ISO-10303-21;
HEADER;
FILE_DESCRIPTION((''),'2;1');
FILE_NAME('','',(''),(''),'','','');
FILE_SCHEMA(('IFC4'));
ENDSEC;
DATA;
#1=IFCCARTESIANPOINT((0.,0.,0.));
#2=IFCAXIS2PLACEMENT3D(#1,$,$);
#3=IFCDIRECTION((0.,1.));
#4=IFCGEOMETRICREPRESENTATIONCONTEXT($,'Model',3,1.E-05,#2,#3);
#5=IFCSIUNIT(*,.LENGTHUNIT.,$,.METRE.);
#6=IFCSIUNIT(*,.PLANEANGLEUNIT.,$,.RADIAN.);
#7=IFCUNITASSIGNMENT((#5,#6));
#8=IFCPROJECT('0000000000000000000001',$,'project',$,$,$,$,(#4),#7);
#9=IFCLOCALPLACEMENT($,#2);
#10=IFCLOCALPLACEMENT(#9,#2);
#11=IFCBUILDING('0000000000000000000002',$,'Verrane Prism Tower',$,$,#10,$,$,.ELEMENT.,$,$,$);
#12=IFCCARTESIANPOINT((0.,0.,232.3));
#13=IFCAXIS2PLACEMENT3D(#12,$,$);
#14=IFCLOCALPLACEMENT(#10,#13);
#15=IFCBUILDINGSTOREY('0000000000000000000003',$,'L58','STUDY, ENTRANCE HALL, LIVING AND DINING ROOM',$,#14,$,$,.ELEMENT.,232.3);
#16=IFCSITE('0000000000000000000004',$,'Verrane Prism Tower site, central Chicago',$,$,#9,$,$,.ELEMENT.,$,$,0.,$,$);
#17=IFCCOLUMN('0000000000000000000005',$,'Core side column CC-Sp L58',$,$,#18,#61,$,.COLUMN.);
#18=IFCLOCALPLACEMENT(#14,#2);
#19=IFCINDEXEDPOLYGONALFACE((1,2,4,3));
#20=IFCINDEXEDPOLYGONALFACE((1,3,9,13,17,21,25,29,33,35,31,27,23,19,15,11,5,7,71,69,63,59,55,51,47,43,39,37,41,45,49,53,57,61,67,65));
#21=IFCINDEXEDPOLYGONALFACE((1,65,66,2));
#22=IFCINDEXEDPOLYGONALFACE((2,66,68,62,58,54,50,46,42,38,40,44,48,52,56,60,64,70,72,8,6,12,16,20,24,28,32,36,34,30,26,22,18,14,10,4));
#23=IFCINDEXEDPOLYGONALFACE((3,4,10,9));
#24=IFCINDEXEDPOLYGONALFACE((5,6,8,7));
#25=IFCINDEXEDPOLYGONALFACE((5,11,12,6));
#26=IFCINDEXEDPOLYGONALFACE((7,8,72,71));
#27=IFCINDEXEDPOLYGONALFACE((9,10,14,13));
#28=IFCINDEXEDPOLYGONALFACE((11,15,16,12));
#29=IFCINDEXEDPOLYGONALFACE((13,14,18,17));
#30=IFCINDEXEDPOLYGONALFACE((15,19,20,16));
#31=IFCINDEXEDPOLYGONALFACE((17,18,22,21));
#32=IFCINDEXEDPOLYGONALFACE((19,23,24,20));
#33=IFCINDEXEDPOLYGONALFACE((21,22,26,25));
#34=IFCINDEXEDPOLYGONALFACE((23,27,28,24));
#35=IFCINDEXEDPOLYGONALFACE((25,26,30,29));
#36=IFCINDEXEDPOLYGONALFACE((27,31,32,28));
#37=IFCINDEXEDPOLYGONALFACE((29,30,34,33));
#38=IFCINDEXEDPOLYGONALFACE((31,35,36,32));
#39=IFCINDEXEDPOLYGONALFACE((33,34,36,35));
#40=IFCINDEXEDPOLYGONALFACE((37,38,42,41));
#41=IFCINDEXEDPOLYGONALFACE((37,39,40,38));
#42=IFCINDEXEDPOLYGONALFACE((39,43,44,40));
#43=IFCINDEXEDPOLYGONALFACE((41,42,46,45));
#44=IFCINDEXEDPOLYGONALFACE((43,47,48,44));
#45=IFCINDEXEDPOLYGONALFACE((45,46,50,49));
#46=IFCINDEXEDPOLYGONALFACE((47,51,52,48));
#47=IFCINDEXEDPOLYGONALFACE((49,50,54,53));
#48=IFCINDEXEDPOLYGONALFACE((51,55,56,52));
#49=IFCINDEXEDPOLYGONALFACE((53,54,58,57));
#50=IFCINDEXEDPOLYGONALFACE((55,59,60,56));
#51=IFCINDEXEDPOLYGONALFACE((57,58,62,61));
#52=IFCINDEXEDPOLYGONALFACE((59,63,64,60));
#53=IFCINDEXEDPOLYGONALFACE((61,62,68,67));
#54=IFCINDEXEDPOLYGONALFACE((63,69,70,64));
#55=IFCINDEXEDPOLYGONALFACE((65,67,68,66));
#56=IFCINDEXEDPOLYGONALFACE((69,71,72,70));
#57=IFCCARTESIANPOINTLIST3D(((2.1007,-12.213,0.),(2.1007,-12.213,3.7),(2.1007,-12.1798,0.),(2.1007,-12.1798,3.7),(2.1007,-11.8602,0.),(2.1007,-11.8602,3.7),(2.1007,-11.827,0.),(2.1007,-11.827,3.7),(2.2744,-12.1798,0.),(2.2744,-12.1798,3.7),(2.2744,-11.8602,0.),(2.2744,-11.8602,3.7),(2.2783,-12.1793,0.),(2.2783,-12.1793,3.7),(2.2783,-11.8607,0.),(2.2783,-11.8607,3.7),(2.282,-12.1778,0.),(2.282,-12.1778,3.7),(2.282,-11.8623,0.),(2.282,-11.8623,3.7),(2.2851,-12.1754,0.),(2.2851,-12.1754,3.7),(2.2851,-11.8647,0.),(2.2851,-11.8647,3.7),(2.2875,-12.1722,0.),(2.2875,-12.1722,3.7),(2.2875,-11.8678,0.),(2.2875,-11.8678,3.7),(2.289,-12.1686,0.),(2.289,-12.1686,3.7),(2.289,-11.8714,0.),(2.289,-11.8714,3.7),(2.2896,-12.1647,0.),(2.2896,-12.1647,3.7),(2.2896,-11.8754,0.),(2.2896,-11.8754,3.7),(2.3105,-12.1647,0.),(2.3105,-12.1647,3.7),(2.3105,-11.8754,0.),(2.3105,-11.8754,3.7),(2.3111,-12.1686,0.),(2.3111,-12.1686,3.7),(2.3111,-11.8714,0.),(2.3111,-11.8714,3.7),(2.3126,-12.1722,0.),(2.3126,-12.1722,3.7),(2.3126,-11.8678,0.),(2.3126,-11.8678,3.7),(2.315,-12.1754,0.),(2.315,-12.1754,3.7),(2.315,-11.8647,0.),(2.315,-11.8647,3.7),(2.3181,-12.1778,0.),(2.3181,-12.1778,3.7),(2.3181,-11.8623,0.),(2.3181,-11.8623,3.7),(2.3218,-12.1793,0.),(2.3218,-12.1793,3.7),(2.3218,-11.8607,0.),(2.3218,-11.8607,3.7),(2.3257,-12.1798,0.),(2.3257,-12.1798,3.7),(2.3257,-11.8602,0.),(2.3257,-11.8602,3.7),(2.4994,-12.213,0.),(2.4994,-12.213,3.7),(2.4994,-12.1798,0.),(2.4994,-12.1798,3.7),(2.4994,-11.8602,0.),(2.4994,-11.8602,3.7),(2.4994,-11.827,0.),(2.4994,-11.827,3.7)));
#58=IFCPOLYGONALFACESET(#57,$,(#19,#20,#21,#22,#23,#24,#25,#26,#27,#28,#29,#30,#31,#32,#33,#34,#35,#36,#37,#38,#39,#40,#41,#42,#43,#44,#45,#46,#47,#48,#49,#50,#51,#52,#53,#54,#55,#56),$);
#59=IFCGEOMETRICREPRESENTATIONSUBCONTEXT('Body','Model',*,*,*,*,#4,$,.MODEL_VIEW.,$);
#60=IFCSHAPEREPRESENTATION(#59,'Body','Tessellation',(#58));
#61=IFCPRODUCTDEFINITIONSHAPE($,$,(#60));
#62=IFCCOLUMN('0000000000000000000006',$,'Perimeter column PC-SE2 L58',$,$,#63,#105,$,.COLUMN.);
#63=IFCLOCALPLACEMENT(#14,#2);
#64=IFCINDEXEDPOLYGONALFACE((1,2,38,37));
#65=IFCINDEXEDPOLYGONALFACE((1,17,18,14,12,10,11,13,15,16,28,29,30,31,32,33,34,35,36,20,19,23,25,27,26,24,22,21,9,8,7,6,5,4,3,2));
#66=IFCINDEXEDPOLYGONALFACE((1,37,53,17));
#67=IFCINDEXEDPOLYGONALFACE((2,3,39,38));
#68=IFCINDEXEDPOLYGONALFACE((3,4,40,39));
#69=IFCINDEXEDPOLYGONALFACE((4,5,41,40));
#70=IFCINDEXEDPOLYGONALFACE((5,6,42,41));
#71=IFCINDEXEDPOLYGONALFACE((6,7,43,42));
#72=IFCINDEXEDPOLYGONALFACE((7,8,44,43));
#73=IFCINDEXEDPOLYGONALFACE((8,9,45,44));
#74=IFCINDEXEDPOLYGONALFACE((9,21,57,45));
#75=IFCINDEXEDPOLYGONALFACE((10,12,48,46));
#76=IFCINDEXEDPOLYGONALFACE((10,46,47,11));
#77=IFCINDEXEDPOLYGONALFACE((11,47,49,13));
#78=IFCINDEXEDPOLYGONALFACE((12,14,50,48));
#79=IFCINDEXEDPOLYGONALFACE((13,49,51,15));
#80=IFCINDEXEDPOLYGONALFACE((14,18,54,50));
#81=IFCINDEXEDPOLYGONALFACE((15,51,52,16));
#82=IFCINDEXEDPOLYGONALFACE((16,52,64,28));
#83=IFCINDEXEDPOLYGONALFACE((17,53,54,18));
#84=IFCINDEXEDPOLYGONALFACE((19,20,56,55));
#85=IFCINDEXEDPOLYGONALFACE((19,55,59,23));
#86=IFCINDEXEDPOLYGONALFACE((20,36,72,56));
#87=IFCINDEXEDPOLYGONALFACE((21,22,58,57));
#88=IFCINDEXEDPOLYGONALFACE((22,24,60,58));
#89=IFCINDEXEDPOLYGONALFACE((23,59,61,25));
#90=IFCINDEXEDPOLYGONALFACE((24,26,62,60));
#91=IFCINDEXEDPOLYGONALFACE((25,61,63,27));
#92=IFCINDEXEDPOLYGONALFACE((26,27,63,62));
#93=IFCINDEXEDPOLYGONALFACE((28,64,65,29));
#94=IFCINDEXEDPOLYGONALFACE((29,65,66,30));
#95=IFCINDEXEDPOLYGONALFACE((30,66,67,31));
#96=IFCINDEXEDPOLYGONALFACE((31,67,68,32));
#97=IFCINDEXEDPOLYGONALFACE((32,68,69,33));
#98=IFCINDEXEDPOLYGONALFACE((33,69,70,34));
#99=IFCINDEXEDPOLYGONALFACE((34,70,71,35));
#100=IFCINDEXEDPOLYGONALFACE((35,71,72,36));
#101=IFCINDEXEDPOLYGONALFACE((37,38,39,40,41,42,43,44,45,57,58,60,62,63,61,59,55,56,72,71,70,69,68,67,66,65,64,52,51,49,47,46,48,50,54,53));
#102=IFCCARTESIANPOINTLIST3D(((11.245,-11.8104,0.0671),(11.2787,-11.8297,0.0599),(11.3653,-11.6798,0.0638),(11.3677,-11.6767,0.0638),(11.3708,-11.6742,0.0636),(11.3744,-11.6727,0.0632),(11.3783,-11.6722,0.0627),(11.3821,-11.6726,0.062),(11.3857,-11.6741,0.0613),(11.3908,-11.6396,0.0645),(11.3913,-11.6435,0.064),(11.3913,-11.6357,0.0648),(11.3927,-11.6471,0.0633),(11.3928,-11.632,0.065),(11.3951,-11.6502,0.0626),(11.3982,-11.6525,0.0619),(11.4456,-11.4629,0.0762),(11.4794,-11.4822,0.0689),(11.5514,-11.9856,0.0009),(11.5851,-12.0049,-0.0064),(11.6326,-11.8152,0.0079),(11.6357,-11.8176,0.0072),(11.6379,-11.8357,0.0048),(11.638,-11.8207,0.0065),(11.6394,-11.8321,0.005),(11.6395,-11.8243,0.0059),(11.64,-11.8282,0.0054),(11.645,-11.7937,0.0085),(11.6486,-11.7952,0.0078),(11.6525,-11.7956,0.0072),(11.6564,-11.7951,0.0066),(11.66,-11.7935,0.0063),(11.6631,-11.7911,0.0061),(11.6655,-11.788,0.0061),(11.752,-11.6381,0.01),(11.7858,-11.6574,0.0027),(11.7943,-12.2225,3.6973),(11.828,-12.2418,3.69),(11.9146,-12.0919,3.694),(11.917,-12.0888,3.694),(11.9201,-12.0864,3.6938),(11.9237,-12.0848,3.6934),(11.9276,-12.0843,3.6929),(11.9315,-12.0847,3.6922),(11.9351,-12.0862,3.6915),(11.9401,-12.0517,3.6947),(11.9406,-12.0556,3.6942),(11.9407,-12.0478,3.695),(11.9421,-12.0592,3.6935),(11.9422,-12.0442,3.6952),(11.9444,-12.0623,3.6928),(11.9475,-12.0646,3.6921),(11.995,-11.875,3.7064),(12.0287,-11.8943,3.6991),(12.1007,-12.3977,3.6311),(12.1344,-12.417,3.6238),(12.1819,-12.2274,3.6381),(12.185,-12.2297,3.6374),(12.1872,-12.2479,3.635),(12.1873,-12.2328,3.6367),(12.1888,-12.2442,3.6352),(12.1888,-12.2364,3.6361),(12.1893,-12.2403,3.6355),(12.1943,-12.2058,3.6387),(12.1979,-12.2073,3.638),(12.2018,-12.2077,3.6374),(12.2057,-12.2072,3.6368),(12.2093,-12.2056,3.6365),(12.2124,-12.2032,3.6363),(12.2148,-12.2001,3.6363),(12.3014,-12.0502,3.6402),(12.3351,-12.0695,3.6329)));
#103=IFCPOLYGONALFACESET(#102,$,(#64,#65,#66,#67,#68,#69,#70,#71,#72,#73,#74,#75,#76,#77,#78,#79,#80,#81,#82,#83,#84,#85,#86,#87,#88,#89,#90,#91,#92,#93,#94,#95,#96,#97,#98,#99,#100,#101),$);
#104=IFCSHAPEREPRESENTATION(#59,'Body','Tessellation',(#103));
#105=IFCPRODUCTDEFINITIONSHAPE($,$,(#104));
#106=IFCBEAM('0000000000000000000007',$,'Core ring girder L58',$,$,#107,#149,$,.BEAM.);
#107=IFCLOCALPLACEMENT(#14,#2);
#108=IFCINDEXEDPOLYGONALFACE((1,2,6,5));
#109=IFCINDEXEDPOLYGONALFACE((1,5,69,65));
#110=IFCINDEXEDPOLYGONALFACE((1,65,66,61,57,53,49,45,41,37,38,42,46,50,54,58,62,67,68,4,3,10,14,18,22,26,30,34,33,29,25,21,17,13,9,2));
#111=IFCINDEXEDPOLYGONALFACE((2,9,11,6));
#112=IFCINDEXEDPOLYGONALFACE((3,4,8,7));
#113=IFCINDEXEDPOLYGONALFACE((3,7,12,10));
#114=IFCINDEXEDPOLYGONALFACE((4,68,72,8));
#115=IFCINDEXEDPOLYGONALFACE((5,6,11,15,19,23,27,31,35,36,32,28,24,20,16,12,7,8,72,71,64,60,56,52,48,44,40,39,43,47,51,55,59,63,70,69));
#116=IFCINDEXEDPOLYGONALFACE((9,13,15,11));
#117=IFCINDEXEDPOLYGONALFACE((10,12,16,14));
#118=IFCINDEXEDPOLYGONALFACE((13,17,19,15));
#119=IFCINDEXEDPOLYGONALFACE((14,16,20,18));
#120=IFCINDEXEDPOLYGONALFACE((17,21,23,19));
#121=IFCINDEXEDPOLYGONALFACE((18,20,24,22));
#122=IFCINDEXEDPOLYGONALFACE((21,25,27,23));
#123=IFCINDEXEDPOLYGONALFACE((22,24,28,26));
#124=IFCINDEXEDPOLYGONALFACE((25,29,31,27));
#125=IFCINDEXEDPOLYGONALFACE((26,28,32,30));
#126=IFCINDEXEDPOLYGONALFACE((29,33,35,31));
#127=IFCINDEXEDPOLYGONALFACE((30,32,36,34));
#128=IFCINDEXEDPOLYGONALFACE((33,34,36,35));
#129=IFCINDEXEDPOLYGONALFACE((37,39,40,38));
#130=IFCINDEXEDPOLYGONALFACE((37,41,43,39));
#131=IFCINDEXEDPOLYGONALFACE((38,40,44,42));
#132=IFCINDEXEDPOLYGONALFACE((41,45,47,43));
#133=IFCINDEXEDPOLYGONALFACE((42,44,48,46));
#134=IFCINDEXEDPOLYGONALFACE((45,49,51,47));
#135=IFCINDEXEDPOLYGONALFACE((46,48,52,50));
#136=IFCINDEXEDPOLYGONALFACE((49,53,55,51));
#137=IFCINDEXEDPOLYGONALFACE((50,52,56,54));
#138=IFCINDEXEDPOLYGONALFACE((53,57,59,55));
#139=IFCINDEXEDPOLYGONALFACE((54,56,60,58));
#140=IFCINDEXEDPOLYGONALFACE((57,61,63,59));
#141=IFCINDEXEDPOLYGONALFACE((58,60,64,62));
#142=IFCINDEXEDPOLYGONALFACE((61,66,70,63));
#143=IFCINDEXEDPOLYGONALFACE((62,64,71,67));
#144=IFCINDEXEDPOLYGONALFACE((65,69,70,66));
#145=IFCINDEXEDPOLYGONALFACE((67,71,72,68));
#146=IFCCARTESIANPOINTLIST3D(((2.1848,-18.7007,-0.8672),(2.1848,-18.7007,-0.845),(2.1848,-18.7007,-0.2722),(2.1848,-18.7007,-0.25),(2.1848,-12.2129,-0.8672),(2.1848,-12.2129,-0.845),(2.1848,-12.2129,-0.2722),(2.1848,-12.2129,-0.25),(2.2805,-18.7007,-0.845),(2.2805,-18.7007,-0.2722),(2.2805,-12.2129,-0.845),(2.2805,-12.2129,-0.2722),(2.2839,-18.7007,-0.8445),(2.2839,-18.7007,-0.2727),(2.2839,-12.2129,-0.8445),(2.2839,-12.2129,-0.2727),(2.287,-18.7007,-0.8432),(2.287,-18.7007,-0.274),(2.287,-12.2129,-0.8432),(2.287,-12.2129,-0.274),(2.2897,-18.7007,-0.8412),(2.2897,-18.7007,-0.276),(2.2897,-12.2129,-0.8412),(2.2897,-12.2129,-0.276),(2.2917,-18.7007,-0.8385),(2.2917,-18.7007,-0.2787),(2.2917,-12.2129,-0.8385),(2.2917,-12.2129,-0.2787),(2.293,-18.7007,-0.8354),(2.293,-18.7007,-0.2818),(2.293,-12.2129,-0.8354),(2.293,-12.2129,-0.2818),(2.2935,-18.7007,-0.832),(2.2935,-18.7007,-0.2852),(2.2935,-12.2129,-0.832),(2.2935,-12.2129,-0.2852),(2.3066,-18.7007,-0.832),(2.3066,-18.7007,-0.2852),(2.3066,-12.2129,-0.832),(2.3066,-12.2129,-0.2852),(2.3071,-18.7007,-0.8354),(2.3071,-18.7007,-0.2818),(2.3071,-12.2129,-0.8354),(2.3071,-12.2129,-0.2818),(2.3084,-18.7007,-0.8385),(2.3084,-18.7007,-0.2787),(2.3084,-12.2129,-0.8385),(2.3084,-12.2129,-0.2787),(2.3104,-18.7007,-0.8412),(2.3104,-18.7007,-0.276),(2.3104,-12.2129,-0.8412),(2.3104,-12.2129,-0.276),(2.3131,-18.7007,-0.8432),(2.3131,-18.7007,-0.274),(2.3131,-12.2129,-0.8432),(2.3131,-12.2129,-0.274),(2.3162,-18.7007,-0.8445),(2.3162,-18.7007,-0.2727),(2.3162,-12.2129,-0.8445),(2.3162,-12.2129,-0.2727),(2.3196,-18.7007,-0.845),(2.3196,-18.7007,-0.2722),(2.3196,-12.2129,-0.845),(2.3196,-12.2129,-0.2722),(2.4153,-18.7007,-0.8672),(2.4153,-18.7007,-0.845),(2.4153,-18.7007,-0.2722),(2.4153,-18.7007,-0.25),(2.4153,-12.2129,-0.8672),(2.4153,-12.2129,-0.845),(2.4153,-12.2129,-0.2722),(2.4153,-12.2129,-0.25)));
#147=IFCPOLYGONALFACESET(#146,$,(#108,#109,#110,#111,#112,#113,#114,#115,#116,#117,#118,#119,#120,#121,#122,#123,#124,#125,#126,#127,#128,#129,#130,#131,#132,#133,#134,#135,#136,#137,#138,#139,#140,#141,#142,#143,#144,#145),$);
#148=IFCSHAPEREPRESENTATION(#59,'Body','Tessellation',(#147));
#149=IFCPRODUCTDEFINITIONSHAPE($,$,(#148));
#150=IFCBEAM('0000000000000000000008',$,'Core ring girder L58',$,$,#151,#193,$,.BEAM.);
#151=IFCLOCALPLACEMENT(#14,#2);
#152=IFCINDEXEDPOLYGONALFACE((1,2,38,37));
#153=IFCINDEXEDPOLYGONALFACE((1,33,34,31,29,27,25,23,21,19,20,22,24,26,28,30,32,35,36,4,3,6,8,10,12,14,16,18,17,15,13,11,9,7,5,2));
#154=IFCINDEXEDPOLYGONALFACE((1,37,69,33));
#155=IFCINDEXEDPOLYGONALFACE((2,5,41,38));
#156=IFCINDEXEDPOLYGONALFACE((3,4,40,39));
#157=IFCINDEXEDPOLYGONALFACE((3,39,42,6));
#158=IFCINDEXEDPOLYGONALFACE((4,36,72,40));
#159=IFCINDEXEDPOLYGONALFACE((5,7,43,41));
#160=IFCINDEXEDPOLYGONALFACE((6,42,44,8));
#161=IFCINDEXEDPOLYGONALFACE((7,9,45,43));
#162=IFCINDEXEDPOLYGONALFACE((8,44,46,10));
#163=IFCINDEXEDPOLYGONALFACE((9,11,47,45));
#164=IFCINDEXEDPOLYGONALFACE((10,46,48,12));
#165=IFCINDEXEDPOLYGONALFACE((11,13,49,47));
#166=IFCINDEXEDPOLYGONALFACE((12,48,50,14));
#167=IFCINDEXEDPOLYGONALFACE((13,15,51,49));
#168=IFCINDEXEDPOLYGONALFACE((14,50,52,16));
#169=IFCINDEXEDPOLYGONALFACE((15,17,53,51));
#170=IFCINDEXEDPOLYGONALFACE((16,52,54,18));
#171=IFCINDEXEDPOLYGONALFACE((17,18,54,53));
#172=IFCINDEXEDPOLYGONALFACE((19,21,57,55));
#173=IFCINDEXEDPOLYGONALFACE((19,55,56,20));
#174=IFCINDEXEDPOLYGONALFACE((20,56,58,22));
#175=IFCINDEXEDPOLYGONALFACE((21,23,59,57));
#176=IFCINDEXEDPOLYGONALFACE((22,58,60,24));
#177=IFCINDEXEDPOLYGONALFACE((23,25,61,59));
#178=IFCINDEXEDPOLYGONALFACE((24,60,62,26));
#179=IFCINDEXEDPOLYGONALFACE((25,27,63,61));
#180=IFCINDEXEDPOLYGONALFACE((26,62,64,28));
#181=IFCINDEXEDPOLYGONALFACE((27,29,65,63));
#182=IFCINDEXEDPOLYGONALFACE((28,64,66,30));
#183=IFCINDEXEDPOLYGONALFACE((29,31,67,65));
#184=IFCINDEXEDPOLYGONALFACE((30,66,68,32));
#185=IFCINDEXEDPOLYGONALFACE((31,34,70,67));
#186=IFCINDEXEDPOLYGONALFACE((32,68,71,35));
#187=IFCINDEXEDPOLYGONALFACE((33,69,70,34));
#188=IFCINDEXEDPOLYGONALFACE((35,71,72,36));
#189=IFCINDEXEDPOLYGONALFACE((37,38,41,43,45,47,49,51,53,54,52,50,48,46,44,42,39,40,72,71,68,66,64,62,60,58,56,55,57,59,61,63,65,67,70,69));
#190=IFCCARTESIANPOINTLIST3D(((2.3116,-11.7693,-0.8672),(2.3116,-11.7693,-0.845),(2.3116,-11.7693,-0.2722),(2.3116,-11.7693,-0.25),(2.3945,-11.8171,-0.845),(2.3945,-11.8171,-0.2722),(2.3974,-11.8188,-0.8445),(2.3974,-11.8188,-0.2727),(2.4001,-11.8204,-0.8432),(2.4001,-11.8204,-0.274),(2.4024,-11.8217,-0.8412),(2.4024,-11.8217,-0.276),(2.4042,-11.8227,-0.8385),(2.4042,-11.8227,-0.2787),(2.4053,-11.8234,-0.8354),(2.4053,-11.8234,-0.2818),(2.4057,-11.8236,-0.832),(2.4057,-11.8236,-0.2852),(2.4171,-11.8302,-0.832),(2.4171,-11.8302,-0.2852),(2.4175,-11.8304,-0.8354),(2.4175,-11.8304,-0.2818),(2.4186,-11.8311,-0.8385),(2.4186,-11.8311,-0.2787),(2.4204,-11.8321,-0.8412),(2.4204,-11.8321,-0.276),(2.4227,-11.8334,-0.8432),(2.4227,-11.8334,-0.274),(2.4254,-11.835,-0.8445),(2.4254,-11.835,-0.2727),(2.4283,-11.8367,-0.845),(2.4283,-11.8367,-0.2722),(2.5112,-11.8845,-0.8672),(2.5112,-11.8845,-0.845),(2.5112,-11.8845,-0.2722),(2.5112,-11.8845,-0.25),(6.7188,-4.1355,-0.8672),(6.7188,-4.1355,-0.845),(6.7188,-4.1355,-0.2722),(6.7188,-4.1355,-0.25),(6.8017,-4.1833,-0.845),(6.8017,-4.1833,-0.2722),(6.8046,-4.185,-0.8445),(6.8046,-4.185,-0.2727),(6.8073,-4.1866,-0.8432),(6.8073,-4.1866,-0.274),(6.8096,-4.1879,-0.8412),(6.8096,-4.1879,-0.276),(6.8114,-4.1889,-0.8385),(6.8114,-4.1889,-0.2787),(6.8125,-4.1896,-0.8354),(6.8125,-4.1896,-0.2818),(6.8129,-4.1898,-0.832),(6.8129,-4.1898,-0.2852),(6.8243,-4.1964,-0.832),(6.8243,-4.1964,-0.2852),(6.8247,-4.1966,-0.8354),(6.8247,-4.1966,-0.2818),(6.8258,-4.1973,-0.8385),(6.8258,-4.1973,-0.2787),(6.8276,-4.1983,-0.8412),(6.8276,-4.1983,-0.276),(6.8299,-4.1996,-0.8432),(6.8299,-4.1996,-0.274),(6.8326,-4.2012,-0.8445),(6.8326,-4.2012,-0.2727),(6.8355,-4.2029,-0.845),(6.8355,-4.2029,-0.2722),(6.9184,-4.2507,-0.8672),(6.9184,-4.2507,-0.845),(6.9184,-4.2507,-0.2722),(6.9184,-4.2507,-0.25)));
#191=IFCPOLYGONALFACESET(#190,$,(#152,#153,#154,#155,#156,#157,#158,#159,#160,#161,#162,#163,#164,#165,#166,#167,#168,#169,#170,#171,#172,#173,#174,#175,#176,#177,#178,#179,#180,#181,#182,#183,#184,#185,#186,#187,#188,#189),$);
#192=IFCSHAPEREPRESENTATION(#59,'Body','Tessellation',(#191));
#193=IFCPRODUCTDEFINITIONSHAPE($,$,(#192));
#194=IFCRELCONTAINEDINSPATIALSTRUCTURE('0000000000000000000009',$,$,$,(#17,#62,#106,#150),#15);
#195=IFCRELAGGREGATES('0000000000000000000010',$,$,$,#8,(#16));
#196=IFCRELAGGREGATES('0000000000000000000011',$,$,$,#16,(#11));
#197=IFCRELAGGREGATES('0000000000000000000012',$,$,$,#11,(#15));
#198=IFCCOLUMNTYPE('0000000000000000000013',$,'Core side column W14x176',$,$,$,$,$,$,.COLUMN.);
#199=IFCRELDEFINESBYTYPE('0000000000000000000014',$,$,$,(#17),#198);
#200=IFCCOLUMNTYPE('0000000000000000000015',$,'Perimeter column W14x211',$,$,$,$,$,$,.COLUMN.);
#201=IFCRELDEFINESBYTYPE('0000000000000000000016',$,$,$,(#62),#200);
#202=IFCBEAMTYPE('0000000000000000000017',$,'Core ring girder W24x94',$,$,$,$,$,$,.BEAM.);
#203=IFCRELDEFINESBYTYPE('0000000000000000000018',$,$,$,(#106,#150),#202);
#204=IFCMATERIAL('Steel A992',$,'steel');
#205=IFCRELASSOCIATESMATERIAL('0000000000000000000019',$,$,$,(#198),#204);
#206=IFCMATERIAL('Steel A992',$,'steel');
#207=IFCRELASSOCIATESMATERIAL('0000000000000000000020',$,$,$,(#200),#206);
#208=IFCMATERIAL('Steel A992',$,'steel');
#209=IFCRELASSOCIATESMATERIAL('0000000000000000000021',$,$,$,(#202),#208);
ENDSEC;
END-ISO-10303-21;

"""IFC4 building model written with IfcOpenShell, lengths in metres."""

from ifc_helpers import new_model, si_unit, direction, frame, origin, origin_2d, place, context, subcontext, project, spatial, i_section, extrude, material, material_profile, profile_set, type_object, element, save


model = new_model("IFC4")

# Units and contexts
model_context = context("Model", 3, precision=1e-05, world=origin(), true_north=direction((0.0, 1.0)))
body_context = subcontext(model_context, "Body", "Model", "MODEL_VIEW")
ifc_project = project(units=[si_unit("LENGTHUNIT", "METRE"), si_unit("PLANEANGLEUNIT", "RADIAN")], contexts=[model_context])

# Site, building, storey
site_placement = place(None, origin())
site = spatial("IfcSite", under=ifc_project, at=site_placement, Name="Verrane Prism Tower site, central Chicago", CompositionType="ELEMENT", RefElevation=0.0)
building_placement = place(site_placement, origin())
building = spatial("IfcBuilding", under=site, at=building_placement, Name="Verrane Prism Tower", CompositionType="ELEMENT")
storey_placement = place(building_placement, frame((0.0, 0.0, 232.3)))
storey = spatial("IfcBuildingStorey", under=building, at=storey_placement, Name="L58", Description="STUDY, ENTRANCE HALL, LIVING AND DINING ROOM", CompositionType="ELEMENT", Elevation=232.3)

# Columns
ifc_material_1 = material(Name="Steel A992", Category="steel")
ifc_material_profile_1 = material_profile(ifc_material_1, i_section(OverallWidth=0.3987, OverallDepth=0.386, WebThickness=0.021, FlangeThickness=0.0332, FilletRadius=0.0151, at=origin_2d()), Name="W14x176")
ifc_profile_set_1 = profile_set([ifc_material_profile_1], Name="Steel A992")
column_type_1 = type_object("IfcColumnType", Name="Core side column W14x176", PredefinedType="COLUMN", material=ifc_profile_set_1)
column_1_placement = place(storey_placement, frame((2.3, -12.02, 0.0), z_axis=(0.0, 0.0, 1.0), x_axis=(1.0, 0.0, 0.0)))
element("IfcColumn", 1, at=column_1_placement, inside=storey, type_object=column_type_1, Name="Core side column CC-Sp L58", PredefinedType="COLUMN", context=body_context, shape_type="SweptSolid", body=[
    extrude(i_section(OverallWidth=0.3987, OverallDepth=0.386, WebThickness=0.021, FlangeThickness=0.0332, FilletRadius=0.0151, at=origin_2d()), origin(), (0.0, 0.0, 1.0), 3.7),
])
ifc_material_2 = material(Name="Steel A992", Category="steel")
ifc_material_profile_2 = material_profile(ifc_material_2, i_section(OverallWidth=0.4014, OverallDepth=0.3987, WebThickness=0.0249, FlangeThickness=0.0396, FilletRadius=0.0151, at=origin_2d()), Name="W14x211")
ifc_profile_set_2 = profile_set([ifc_material_profile_2], Name="Steel A992")
column_type_2 = type_object("IfcColumnType", Name="Perimeter column W14x211", PredefinedType="COLUMN", material=ifc_profile_set_2)
column_2_placement = place(storey_placement, frame((11.5154, -11.7339, 0.0349), z_axis=(0.148685, -0.111546, 0.982573), x_axis=(-0.499994, -0.865733, -0.022622)))
element("IfcColumn", 2, at=column_2_placement, inside=storey, type_object=column_type_2, Name="Perimeter column PC-SE2 L58", PredefinedType="COLUMN", context=body_context, shape_type="SweptSolid", body=[
    extrude(i_section(OverallWidth=0.4014, OverallDepth=0.3987, WebThickness=0.0249, FlangeThickness=0.0396, FilletRadius=0.0151, at=origin_2d()), origin(), (0.0, 0.0, 1.0), 3.6946),
])

# Beams
ifc_material_3 = material(Name="Steel A992", Category="steel")
ifc_material_profile_3 = material_profile(ifc_material_3, i_section(OverallWidth=0.2305, OverallDepth=0.6172, WebThickness=0.0132, FlangeThickness=0.0222, FilletRadius=0.0129, at=origin_2d()), Name="W24x94")
ifc_profile_set_3 = profile_set([ifc_material_profile_3], Name="Steel A992")
beam_type_1 = type_object("IfcBeamType", Name="Core ring girder W24x94", PredefinedType="BEAM", material=ifc_profile_set_3)
beam_1_placement = place(storey_placement, frame((2.3, -18.7007, -0.5586), z_axis=(0.0, 1.0, 0.0), x_axis=(-1.0, 0.0, 0.0)))
element("IfcBeam", 3, at=beam_1_placement, inside=storey, type_object=beam_type_1, Name="Core ring girder L58", PredefinedType="BEAM", context=body_context, shape_type="SweptSolid", body=[
    extrude(i_section(OverallWidth=0.2305, OverallDepth=0.6172, WebThickness=0.0132, FlangeThickness=0.0222, FilletRadius=0.0129, at=origin_2d()), origin(), (0.0, 0.0, 1.0), 6.4878),
])
beam_2_placement = place(storey_placement, frame((2.4114, -11.8269, -0.5586), z_axis=(0.499988, 0.866032, 0.0), x_axis=(-0.866032, 0.499988, 0.0)))
element("IfcBeam", 4, at=beam_2_placement, inside=storey, type_object=beam_type_1, Name="Core ring girder L58", PredefinedType="BEAM", context=body_context, shape_type="SweptSolid", body=[
    extrude(i_section(OverallWidth=0.2305, OverallDepth=0.6172, WebThickness=0.0132, FlangeThickness=0.0222, FilletRadius=0.0129, at=origin_2d()), origin(), (0.0, 0.0, 1.0), 8.8147),
])

save(model, "model.ifc")
